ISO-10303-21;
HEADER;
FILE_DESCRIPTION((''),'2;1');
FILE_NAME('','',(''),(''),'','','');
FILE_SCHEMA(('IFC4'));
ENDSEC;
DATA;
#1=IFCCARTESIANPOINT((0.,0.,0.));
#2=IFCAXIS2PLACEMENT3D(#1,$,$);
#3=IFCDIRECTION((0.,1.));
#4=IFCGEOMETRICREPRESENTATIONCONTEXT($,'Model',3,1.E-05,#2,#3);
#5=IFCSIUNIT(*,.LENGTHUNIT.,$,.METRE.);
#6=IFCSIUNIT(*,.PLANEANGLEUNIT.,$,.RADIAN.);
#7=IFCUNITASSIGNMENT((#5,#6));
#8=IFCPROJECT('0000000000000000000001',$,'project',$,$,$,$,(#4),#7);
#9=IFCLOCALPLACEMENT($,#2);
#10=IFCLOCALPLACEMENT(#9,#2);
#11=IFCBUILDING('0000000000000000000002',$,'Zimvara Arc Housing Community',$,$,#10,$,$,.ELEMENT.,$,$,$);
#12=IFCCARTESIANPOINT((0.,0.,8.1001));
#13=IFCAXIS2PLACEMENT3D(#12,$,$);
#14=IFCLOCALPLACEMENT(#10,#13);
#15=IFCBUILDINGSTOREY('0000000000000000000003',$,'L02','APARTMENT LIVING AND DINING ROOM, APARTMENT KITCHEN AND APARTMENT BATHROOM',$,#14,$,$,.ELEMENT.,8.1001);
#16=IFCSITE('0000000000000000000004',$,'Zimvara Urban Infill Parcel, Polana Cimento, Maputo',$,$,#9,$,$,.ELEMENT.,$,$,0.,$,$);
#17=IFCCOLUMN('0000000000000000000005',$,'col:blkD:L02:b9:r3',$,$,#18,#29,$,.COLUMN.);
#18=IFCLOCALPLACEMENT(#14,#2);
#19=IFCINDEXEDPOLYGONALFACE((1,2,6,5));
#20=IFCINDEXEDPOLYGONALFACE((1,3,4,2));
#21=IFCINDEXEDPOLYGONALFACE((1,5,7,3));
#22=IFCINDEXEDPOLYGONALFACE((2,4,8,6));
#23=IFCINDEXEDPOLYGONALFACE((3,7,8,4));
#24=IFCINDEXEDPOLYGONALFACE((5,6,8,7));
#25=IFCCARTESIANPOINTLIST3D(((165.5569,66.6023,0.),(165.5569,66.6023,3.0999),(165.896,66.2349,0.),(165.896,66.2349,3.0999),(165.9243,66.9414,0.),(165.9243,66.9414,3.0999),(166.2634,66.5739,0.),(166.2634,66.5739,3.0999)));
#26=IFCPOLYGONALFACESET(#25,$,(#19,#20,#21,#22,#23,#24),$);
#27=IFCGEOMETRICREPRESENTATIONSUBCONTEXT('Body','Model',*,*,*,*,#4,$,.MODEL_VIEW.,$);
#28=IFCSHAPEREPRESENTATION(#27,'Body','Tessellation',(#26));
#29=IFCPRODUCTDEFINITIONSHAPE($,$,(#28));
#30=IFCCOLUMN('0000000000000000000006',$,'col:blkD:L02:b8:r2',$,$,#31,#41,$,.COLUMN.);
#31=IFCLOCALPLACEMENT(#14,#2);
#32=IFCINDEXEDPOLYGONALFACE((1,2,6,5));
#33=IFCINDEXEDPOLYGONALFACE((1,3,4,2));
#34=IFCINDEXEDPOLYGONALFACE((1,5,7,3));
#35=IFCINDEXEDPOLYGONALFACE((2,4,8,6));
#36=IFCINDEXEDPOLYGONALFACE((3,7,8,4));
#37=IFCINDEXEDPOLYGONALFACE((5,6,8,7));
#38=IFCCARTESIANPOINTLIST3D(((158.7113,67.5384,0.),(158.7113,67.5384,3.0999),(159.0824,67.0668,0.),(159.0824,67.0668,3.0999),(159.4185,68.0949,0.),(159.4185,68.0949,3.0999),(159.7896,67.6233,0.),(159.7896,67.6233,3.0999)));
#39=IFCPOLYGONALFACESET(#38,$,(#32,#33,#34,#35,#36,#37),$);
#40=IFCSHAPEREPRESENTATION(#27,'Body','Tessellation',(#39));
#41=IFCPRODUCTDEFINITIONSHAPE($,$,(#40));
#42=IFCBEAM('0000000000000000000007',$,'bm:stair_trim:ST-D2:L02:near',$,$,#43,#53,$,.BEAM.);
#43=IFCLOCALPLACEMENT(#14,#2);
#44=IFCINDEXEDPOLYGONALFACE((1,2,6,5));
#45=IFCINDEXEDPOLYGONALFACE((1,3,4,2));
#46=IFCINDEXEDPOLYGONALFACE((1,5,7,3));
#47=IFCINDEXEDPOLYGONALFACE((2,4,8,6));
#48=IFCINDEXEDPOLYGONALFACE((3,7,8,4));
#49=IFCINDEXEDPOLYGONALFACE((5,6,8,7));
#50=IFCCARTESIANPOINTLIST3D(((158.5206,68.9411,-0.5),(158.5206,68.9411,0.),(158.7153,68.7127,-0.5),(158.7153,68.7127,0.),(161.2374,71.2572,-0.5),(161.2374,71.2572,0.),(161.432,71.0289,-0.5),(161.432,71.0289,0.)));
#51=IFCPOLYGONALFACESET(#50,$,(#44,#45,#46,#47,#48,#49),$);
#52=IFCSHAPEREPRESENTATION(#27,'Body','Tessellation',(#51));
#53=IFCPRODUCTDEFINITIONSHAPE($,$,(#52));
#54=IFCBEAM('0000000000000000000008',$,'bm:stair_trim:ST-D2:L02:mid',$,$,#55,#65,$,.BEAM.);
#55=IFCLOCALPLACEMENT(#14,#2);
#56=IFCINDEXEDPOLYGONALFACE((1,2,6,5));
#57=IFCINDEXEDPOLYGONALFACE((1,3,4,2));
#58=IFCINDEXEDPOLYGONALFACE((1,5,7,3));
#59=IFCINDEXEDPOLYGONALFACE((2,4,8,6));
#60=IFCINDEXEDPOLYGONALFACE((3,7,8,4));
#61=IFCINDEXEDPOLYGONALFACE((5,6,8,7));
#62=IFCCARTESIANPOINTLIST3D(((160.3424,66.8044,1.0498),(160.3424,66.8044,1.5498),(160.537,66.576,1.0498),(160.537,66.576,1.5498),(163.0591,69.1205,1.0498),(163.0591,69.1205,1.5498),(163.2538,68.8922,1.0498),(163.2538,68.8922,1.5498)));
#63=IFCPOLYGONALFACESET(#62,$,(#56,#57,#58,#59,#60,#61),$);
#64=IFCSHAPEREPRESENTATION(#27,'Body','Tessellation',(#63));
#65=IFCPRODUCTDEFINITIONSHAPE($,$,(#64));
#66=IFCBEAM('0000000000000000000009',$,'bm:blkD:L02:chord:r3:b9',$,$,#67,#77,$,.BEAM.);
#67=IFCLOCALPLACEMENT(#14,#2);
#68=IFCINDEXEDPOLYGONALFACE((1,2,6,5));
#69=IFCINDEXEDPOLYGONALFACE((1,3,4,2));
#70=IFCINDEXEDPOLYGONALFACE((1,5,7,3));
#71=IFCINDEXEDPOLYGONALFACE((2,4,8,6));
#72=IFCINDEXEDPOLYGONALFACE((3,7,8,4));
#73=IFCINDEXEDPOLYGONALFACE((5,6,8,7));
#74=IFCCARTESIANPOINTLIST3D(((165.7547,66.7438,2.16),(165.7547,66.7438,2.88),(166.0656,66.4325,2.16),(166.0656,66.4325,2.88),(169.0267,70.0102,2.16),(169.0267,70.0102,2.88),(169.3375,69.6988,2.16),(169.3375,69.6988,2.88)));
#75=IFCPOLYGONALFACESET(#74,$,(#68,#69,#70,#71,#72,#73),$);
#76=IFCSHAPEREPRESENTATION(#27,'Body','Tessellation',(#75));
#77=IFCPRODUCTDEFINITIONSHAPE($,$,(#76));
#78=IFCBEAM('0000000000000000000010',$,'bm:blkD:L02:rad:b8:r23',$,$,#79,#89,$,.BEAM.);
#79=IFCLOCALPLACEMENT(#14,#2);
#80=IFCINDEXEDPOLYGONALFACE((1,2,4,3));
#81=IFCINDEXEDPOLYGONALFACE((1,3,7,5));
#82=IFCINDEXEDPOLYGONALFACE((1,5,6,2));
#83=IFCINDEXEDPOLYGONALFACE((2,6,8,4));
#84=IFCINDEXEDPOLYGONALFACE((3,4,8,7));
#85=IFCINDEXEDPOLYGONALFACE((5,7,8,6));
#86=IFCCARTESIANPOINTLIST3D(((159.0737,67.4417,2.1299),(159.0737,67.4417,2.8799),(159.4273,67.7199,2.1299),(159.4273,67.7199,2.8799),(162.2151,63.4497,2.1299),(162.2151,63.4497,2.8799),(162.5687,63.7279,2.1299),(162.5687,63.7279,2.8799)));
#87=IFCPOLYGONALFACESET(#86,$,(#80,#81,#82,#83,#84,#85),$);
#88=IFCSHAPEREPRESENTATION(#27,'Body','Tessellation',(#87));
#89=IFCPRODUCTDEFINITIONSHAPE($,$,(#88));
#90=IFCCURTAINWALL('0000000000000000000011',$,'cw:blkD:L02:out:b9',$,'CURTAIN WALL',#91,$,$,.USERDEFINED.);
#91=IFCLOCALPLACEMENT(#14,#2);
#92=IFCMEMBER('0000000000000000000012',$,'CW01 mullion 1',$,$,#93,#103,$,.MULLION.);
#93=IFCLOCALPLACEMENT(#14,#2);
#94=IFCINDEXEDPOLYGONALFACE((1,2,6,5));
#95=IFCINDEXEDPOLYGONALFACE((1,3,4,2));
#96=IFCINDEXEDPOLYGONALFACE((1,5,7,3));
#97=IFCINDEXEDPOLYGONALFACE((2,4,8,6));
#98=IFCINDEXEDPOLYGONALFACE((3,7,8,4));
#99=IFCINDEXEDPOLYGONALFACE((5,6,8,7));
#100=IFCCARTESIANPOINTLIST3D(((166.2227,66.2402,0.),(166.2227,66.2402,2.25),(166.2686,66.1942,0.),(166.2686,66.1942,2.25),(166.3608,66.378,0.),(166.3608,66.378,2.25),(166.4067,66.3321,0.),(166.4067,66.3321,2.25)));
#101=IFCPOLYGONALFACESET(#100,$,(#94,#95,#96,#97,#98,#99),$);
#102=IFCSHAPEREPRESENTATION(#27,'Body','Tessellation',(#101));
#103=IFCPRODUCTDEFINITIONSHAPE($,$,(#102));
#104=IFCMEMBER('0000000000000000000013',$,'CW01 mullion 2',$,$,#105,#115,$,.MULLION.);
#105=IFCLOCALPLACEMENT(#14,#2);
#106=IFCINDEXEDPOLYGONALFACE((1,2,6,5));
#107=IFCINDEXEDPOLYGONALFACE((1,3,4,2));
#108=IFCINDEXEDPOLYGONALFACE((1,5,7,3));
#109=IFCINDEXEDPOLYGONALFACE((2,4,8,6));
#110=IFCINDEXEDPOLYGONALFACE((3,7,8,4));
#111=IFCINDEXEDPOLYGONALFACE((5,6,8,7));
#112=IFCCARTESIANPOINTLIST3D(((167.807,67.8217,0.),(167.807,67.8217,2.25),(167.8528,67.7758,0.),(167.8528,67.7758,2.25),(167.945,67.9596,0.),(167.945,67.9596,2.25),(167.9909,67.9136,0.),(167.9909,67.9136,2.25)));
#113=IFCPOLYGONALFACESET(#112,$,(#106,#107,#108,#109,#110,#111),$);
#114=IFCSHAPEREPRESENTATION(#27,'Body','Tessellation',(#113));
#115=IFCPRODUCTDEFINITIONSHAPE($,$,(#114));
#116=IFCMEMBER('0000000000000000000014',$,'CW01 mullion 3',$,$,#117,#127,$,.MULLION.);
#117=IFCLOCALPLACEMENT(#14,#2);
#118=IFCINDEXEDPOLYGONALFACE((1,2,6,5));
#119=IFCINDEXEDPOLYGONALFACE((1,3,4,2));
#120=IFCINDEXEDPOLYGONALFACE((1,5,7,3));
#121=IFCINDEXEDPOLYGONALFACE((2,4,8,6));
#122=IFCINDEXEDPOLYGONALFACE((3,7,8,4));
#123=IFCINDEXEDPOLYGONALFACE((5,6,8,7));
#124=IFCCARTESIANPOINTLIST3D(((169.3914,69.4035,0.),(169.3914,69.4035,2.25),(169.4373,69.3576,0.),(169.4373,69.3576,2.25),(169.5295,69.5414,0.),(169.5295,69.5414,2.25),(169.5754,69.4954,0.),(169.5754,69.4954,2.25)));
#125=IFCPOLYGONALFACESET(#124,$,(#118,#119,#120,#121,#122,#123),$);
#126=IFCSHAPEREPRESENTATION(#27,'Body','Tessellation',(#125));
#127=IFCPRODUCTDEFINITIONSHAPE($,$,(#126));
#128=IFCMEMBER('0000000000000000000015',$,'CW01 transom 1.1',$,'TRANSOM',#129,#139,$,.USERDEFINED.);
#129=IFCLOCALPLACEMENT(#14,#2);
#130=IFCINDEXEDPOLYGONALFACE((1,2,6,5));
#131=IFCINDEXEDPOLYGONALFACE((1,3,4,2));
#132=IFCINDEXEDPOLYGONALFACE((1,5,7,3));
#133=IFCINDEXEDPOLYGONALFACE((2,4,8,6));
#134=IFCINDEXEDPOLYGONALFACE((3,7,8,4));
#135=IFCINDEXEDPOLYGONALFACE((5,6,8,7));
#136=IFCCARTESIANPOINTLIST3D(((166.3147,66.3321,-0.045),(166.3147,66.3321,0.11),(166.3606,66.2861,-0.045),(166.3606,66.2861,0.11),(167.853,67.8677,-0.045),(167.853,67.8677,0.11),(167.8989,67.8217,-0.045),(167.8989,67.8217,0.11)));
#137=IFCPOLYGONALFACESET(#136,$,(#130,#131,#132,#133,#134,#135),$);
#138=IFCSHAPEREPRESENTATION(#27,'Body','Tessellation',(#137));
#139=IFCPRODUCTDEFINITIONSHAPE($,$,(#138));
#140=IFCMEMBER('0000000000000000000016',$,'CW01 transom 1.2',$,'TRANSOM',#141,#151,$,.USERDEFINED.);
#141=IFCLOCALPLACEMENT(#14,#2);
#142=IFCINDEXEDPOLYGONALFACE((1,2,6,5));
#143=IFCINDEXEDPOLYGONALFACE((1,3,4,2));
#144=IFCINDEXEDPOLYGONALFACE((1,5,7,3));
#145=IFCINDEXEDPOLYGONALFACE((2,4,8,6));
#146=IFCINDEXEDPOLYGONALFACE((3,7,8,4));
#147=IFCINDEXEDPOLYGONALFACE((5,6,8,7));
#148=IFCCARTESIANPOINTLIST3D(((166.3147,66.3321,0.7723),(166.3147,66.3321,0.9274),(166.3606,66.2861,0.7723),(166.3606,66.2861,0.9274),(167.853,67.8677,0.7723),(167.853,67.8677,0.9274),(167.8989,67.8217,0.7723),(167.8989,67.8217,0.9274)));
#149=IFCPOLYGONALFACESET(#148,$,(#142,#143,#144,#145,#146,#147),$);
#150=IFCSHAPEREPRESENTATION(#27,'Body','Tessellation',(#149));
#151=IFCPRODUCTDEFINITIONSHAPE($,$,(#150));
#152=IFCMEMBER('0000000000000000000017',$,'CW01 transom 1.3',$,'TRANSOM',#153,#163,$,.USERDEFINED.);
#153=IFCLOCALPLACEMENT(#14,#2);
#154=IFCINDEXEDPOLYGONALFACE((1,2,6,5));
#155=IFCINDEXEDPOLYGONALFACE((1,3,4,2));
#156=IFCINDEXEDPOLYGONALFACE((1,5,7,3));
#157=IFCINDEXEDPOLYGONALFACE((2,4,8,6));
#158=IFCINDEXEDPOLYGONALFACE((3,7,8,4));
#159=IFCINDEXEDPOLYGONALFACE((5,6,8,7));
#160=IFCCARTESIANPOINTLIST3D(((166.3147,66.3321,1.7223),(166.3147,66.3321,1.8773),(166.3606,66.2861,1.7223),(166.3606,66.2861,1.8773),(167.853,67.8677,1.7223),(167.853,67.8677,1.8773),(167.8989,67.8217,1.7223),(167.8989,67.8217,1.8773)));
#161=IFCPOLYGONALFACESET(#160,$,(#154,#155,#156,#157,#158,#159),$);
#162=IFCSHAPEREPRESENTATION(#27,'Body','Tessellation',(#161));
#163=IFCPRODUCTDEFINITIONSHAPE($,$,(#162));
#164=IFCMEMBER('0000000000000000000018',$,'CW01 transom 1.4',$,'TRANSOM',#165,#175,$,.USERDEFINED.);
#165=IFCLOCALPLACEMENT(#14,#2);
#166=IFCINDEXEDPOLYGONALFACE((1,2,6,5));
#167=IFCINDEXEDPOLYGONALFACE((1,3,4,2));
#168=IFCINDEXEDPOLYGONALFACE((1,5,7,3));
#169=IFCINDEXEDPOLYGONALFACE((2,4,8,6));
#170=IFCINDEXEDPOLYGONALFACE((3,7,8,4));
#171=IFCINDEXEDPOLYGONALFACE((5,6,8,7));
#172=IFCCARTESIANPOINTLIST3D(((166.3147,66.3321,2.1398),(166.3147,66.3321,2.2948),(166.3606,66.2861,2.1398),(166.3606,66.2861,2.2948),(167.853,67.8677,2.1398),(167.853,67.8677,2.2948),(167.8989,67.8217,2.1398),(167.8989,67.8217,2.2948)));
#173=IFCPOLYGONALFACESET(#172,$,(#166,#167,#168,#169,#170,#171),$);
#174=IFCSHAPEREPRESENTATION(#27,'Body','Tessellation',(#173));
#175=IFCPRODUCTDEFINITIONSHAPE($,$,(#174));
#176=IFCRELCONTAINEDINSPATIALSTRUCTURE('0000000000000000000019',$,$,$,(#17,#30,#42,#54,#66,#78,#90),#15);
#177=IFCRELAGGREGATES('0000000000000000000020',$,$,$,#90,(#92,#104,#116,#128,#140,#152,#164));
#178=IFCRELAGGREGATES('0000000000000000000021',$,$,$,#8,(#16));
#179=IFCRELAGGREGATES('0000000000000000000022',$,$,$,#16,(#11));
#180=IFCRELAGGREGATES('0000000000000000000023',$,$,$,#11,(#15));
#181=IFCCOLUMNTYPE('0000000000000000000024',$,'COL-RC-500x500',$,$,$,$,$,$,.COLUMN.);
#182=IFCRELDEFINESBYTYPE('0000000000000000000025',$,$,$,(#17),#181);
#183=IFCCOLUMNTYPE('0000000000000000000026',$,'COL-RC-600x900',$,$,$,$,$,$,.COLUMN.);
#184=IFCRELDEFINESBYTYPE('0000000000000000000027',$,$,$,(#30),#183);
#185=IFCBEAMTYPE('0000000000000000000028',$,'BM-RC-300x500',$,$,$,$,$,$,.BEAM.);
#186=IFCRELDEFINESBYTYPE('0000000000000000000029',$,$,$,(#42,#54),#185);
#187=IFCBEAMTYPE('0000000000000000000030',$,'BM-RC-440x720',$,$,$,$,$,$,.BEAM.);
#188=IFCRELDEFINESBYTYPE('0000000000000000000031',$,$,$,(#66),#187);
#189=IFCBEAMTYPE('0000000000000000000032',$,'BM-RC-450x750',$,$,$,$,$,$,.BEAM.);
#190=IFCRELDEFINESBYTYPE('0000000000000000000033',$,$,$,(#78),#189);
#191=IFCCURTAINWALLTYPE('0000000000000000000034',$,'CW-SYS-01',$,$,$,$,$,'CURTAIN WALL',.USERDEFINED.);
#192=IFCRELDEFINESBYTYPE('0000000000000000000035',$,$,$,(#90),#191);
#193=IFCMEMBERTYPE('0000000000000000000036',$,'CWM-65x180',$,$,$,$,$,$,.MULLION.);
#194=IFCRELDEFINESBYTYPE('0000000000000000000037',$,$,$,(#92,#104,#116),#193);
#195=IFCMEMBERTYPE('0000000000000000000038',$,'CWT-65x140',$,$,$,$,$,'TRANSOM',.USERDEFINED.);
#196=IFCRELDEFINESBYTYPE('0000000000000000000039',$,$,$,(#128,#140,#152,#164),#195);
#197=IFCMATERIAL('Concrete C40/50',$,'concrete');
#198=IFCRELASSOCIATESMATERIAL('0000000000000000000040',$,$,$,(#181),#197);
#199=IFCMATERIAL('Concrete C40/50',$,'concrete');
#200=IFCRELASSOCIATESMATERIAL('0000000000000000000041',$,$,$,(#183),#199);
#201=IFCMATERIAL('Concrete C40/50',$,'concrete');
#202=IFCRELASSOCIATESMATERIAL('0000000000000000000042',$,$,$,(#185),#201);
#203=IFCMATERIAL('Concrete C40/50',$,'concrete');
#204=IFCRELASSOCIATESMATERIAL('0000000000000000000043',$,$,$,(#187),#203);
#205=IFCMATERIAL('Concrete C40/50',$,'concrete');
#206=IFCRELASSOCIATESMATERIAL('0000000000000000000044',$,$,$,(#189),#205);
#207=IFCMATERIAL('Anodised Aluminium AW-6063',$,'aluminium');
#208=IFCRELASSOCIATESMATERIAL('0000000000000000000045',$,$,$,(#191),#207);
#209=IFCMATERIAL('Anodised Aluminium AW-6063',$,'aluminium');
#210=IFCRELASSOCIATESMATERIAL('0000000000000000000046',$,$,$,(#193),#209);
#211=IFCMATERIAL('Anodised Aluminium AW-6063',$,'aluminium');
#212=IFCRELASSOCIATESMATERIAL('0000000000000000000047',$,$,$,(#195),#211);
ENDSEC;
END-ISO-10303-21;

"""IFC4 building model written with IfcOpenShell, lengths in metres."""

from ifc_helpers import new_model, si_unit, direction, frame, origin, origin_2d, place, context, subcontext, project, spatial, rectangle, extrude, material, material_profile, profile_set, type_object, element, aggregate, save


model = new_model("IFC4")

# Units and contexts
model_context = context("Model", 3, precision=1e-05, world=origin(), true_north=direction((0.0, 1.0)))
body_context = subcontext(model_context, "Body", "Model", "MODEL_VIEW")
ifc_project = project(units=[si_unit("LENGTHUNIT", "METRE"), si_unit("PLANEANGLEUNIT", "RADIAN")], contexts=[model_context])

# Site, building, storey
site_placement = place(None, origin())
site = spatial("IfcSite", under=ifc_project, at=site_placement, Name="Zimvara Urban Infill Parcel, Polana Cimento, Maputo", CompositionType="ELEMENT", RefElevation=0.0)
building_placement = place(site_placement, origin())
building = spatial("IfcBuilding", under=site, at=building_placement, Name="Zimvara Arc Housing Community", CompositionType="ELEMENT")
storey_placement = place(building_placement, frame((0.0, 0.0, 8.1001)))
storey = spatial("IfcBuildingStorey", under=building, at=storey_placement, Name="L02", Description="APARTMENT LIVING AND DINING ROOM, APARTMENT KITCHEN AND APARTMENT BATHROOM", CompositionType="ELEMENT", Elevation=8.1001)

# Columns
ifc_material_1 = material(Name="Concrete C40/50", Category="concrete")
ifc_material_profile_1 = material_profile(ifc_material_1, rectangle(XDim=0.5, YDim=0.5, at=origin_2d()), Name="RC 500x500")
ifc_profile_set_1 = profile_set([ifc_material_profile_1], Name="Concrete C40/50")
column_type_1 = type_object("IfcColumnType", Name="COL-RC-500x500", PredefinedType="COLUMN", material=ifc_profile_set_1)
column_1_placement = place(storey_placement, frame((165.9102, 66.5881, 0.0), z_axis=(0.0, 0.0, 1.0), x_axis=(0.67816, -0.734915, 0.0)))
element("IfcColumn", 1, at=column_1_placement, inside=storey, type_object=column_type_1, Name="col:blkD:L02:b9:r3", PredefinedType="COLUMN", context=body_context, shape_type="SweptSolid", body=[
    extrude(rectangle(XDim=0.5, YDim=0.5, at=origin_2d()), origin(), (0.0, 0.0, 1.0), 3.0999),
])
ifc_material_2 = material(Name="Concrete C40/50", Category="concrete")
ifc_material_profile_2 = material_profile(ifc_material_2, rectangle(XDim=0.6001, YDim=0.8999, at=origin_2d()), Name="RC 600x900")
ifc_profile_set_2 = profile_set([ifc_material_profile_2], Name="Concrete C40/50")
column_type_2 = type_object("IfcColumnType", Name="COL-RC-600x900", PredefinedType="COLUMN", material=ifc_profile_set_2)
column_2_placement = place(storey_placement, frame((159.2505, 67.5808, 0.0), z_axis=(0.0, 0.0, 1.0), x_axis=(0.618408, -0.785857, 0.0)))
element("IfcColumn", 2, at=column_2_placement, inside=storey, type_object=column_type_2, Name="col:blkD:L02:b8:r2", PredefinedType="COLUMN", context=body_context, shape_type="SweptSolid", body=[
    extrude(rectangle(XDim=0.6001, YDim=0.8999, at=origin_2d()), origin(), (0.0, 0.0, 1.0), 3.0999),
])

# Beams
ifc_material_3 = material(Name="Concrete C40/50", Category="concrete")
ifc_material_profile_3 = material_profile(ifc_material_3, rectangle(XDim=0.3, YDim=0.5, at=origin_2d()), Name="RC 300x500")
ifc_profile_set_3 = profile_set([ifc_material_profile_3], Name="Concrete C40/50")
beam_type_1 = type_object("IfcBeamType", Name="BM-RC-300x500", PredefinedType="BEAM", material=ifc_profile_set_3)
for number, where, z_axis, x_axis, name in (
    (3, (158.6179, 68.8269, -0.25), (0.760987, 0.648767, 0.0), (-0.648767, 0.760987, 0.0), "bm:stair_trim:ST-D2:L02:near"),
    (4, (160.4397, 66.6902, 1.2998), (0.760987, 0.648767, 0.0), (-0.648767, 0.760987, 0.0), "bm:stair_trim:ST-D2:L02:mid"),
):
    element("IfcBeam", number, at=place(storey_placement, frame(where, z_axis=z_axis, x_axis=x_axis)), inside=storey, type_object=beam_type_1, Name=name, PredefinedType="BEAM", context=body_context, shape_type="SweptSolid", body=[
        extrude(rectangle(XDim=0.3, YDim=0.5, at=origin_2d()), origin(), (0.0, 0.0, 1.0), 3.5701),
    ])
ifc_material_4 = material(Name="Concrete C40/50", Category="concrete")
ifc_material_profile_4 = material_profile(ifc_material_4, rectangle(XDim=0.4399, YDim=0.72, at=origin_2d()), Name="RC 440x720")
ifc_profile_set_4 = profile_set([ifc_material_profile_4], Name="Concrete C40/50")
beam_type_2 = type_object("IfcBeamType", Name="BM-RC-440x720", PredefinedType="BEAM", material=ifc_profile_set_4)
beam_1_placement = place(storey_placement, frame((165.9102, 66.5881, 2.52), z_axis=(0.707714, 0.706499, 0.0), x_axis=(-0.706499, 0.707714, 0.0)))
element("IfcBeam", 5, at=beam_1_placement, inside=storey, type_object=beam_type_2, Name="bm:blkD:L02:chord:r3:b9", PredefinedType="BEAM", context=body_context, shape_type="SweptSolid", body=[
    extrude(rectangle(XDim=0.4399, YDim=0.72, at=origin_2d()), origin(), (0.0, 0.0, 1.0), 4.6233),
])
ifc_material_5 = material(Name="Concrete C40/50", Category="concrete")
ifc_material_profile_5 = material_profile(ifc_material_5, rectangle(XDim=0.45, YDim=0.75, at=origin_2d()), Name="RC 450x750")
ifc_profile_set_5 = profile_set([ifc_material_profile_5], Name="Concrete C40/50")
beam_type_3 = type_object("IfcBeamType", Name="BM-RC-450x750", PredefinedType="BEAM", material=ifc_profile_set_5)
beam_2_placement = place(storey_placement, frame((159.2505, 67.5808, 2.5049), z_axis=(0.618409, -0.785856, 0.0), x_axis=(0.785856, 0.618409, 0.0)))
element("IfcBeam", 6, at=beam_2_placement, inside=storey, type_object=beam_type_3, Name="bm:blkD:L02:rad:b8:r23", PredefinedType="BEAM", context=body_context, shape_type="SweptSolid", body=[
    extrude(rectangle(XDim=0.45, YDim=0.75, at=origin_2d()), origin(), (0.0, 0.0, 1.0), 5.0798),
])

# Curtain wall, members
ifc_material_6 = material(Name="Anodised Aluminium AW-6063", Category="aluminium")
curtain_wall_type = type_object("IfcCurtainWallType", Name="CW-SYS-01", ElementType="CURTAIN WALL", PredefinedType="USERDEFINED", material=ifc_material_6)
curtain_wall_placement = place(storey_placement, origin())
curtain_wall = element("IfcCurtainWall", 7, at=curtain_wall_placement, inside=storey, type_object=curtain_wall_type, Name="cw:blkD:L02:out:b9", ObjectType="CURTAIN WALL", PredefinedType="USERDEFINED")
ifc_material_7 = material(Name="Anodised Aluminium AW-6063", Category="aluminium")
ifc_material_profile_6 = material_profile(ifc_material_7, rectangle(XDim=0.0649, YDim=0.1951, at=origin_2d()), Name="ALU 65x195")
ifc_profile_set_6 = profile_set([ifc_material_profile_6], Name="Anodised Aluminium AW-6063")
member_type_1 = type_object("IfcMemberType", Name="CWM-65x180", PredefinedType="MULLION", material=ifc_profile_set_6)
member_1_placement = place(storey_placement, frame((166.3147, 66.2861, 0.0), z_axis=(0.0, 0.0, 1.0), x_axis=(-0.706489, 0.707724, 0.0)))
member_1 = element("IfcMember", 8, at=member_1_placement, type_object=member_type_1, Name="CW01 mullion 1", PredefinedType="MULLION", context=body_context, shape_type="SweptSolid", body=[
    extrude(rectangle(XDim=0.0649, YDim=0.1951, at=origin_2d()), origin(), (0.0, 0.0, 1.0), 2.25),
])
member_2_placement = place(storey_placement, frame((167.8989, 67.8677, 0.0), z_axis=(0.0, 0.0, 1.0), x_axis=(-0.706489, 0.707724, 0.0)))
member_2 = element("IfcMember", 9, at=member_2_placement, type_object=member_type_1, Name="CW01 mullion 2", PredefinedType="MULLION", context=body_context, shape_type="SweptSolid", body=[
    extrude(rectangle(XDim=0.0649, YDim=0.1951, at=origin_2d()), origin(), (0.0, 0.0, 1.0), 2.25),
])
member_3_placement = place(storey_placement, frame((169.4834, 69.4495, 0.0), z_axis=(0.0, 0.0, 1.0), x_axis=(-0.706489, 0.707724, 0.0)))
member_3 = element("IfcMember", 10, at=member_3_placement, type_object=member_type_1, Name="CW01 mullion 3", PredefinedType="MULLION", context=body_context, shape_type="SweptSolid", body=[
    extrude(rectangle(XDim=0.0649, YDim=0.1951, at=origin_2d()), origin(), (0.0, 0.0, 1.0), 2.25),
])
ifc_material_8 = material(Name="Anodised Aluminium AW-6063", Category="aluminium")
ifc_material_profile_7 = material_profile(ifc_material_8, rectangle(XDim=0.0649, YDim=0.155, at=origin_2d()), Name="ALU 65x155")
ifc_profile_set_7 = profile_set([ifc_material_profile_7], Name="Anodised Aluminium AW-6063")
member_type_2 = type_object("IfcMemberType", Name="CWT-65x140", ElementType="TRANSOM", PredefinedType="USERDEFINED", material=ifc_profile_set_7)
member_4_placement = place(storey_placement, frame((166.3376, 66.3091, 0.0325), z_axis=(0.707724, 0.706489, 0.0), x_axis=(-0.706489, 0.707724, 0.0)))
member_4 = element("IfcMember", 11, at=member_4_placement, type_object=member_type_2, Name="CW01 transom 1.1", ObjectType="TRANSOM", PredefinedType="USERDEFINED", context=body_context, shape_type="SweptSolid", body=[
    extrude(rectangle(XDim=0.0649, YDim=0.155, at=origin_2d()), origin(), (0.0, 0.0, 1.0), 2.1736),
])
member_5_placement = place(storey_placement, frame((166.3376, 66.3091, 0.8499), z_axis=(0.707724, 0.706489, 0.0), x_axis=(-0.706489, 0.707724, 0.0)))
member_5 = element("IfcMember", 12, at=member_5_placement, type_object=member_type_2, Name="CW01 transom 1.2", ObjectType="TRANSOM", PredefinedType="USERDEFINED", context=body_context, shape_type="SweptSolid", body=[
    extrude(rectangle(XDim=0.0649, YDim=0.155, at=origin_2d()), origin(), (0.0, 0.0, 1.0), 2.1736),
])
member_6_placement = place(storey_placement, frame((166.3376, 66.3091, 1.7998), z_axis=(0.707724, 0.706489, 0.0), x_axis=(-0.706489, 0.707724, 0.0)))
member_6 = element("IfcMember", 13, at=member_6_placement, type_object=member_type_2, Name="CW01 transom 1.3", ObjectType="TRANSOM", PredefinedType="USERDEFINED", context=body_context, shape_type="SweptSolid", body=[
    extrude(rectangle(XDim=0.0649, YDim=0.155, at=origin_2d()), origin(), (0.0, 0.0, 1.0), 2.1736),
])
member_7_placement = place(storey_placement, frame((166.3376, 66.3091, 2.2173), z_axis=(0.707724, 0.706489, 0.0), x_axis=(-0.706489, 0.707724, 0.0)))
member_7 = element("IfcMember", 14, at=member_7_placement, type_object=member_type_2, Name="CW01 transom 1.4", ObjectType="TRANSOM", PredefinedType="USERDEFINED", context=body_context, shape_type="SweptSolid", body=[
    extrude(rectangle(XDim=0.0649, YDim=0.155, at=origin_2d()), origin(), (0.0, 0.0, 1.0), 2.1736),
])
aggregate(curtain_wall, [member_1, member_2, member_3, member_4, member_5, member_6, member_7])

save(model, "model.ifc")
